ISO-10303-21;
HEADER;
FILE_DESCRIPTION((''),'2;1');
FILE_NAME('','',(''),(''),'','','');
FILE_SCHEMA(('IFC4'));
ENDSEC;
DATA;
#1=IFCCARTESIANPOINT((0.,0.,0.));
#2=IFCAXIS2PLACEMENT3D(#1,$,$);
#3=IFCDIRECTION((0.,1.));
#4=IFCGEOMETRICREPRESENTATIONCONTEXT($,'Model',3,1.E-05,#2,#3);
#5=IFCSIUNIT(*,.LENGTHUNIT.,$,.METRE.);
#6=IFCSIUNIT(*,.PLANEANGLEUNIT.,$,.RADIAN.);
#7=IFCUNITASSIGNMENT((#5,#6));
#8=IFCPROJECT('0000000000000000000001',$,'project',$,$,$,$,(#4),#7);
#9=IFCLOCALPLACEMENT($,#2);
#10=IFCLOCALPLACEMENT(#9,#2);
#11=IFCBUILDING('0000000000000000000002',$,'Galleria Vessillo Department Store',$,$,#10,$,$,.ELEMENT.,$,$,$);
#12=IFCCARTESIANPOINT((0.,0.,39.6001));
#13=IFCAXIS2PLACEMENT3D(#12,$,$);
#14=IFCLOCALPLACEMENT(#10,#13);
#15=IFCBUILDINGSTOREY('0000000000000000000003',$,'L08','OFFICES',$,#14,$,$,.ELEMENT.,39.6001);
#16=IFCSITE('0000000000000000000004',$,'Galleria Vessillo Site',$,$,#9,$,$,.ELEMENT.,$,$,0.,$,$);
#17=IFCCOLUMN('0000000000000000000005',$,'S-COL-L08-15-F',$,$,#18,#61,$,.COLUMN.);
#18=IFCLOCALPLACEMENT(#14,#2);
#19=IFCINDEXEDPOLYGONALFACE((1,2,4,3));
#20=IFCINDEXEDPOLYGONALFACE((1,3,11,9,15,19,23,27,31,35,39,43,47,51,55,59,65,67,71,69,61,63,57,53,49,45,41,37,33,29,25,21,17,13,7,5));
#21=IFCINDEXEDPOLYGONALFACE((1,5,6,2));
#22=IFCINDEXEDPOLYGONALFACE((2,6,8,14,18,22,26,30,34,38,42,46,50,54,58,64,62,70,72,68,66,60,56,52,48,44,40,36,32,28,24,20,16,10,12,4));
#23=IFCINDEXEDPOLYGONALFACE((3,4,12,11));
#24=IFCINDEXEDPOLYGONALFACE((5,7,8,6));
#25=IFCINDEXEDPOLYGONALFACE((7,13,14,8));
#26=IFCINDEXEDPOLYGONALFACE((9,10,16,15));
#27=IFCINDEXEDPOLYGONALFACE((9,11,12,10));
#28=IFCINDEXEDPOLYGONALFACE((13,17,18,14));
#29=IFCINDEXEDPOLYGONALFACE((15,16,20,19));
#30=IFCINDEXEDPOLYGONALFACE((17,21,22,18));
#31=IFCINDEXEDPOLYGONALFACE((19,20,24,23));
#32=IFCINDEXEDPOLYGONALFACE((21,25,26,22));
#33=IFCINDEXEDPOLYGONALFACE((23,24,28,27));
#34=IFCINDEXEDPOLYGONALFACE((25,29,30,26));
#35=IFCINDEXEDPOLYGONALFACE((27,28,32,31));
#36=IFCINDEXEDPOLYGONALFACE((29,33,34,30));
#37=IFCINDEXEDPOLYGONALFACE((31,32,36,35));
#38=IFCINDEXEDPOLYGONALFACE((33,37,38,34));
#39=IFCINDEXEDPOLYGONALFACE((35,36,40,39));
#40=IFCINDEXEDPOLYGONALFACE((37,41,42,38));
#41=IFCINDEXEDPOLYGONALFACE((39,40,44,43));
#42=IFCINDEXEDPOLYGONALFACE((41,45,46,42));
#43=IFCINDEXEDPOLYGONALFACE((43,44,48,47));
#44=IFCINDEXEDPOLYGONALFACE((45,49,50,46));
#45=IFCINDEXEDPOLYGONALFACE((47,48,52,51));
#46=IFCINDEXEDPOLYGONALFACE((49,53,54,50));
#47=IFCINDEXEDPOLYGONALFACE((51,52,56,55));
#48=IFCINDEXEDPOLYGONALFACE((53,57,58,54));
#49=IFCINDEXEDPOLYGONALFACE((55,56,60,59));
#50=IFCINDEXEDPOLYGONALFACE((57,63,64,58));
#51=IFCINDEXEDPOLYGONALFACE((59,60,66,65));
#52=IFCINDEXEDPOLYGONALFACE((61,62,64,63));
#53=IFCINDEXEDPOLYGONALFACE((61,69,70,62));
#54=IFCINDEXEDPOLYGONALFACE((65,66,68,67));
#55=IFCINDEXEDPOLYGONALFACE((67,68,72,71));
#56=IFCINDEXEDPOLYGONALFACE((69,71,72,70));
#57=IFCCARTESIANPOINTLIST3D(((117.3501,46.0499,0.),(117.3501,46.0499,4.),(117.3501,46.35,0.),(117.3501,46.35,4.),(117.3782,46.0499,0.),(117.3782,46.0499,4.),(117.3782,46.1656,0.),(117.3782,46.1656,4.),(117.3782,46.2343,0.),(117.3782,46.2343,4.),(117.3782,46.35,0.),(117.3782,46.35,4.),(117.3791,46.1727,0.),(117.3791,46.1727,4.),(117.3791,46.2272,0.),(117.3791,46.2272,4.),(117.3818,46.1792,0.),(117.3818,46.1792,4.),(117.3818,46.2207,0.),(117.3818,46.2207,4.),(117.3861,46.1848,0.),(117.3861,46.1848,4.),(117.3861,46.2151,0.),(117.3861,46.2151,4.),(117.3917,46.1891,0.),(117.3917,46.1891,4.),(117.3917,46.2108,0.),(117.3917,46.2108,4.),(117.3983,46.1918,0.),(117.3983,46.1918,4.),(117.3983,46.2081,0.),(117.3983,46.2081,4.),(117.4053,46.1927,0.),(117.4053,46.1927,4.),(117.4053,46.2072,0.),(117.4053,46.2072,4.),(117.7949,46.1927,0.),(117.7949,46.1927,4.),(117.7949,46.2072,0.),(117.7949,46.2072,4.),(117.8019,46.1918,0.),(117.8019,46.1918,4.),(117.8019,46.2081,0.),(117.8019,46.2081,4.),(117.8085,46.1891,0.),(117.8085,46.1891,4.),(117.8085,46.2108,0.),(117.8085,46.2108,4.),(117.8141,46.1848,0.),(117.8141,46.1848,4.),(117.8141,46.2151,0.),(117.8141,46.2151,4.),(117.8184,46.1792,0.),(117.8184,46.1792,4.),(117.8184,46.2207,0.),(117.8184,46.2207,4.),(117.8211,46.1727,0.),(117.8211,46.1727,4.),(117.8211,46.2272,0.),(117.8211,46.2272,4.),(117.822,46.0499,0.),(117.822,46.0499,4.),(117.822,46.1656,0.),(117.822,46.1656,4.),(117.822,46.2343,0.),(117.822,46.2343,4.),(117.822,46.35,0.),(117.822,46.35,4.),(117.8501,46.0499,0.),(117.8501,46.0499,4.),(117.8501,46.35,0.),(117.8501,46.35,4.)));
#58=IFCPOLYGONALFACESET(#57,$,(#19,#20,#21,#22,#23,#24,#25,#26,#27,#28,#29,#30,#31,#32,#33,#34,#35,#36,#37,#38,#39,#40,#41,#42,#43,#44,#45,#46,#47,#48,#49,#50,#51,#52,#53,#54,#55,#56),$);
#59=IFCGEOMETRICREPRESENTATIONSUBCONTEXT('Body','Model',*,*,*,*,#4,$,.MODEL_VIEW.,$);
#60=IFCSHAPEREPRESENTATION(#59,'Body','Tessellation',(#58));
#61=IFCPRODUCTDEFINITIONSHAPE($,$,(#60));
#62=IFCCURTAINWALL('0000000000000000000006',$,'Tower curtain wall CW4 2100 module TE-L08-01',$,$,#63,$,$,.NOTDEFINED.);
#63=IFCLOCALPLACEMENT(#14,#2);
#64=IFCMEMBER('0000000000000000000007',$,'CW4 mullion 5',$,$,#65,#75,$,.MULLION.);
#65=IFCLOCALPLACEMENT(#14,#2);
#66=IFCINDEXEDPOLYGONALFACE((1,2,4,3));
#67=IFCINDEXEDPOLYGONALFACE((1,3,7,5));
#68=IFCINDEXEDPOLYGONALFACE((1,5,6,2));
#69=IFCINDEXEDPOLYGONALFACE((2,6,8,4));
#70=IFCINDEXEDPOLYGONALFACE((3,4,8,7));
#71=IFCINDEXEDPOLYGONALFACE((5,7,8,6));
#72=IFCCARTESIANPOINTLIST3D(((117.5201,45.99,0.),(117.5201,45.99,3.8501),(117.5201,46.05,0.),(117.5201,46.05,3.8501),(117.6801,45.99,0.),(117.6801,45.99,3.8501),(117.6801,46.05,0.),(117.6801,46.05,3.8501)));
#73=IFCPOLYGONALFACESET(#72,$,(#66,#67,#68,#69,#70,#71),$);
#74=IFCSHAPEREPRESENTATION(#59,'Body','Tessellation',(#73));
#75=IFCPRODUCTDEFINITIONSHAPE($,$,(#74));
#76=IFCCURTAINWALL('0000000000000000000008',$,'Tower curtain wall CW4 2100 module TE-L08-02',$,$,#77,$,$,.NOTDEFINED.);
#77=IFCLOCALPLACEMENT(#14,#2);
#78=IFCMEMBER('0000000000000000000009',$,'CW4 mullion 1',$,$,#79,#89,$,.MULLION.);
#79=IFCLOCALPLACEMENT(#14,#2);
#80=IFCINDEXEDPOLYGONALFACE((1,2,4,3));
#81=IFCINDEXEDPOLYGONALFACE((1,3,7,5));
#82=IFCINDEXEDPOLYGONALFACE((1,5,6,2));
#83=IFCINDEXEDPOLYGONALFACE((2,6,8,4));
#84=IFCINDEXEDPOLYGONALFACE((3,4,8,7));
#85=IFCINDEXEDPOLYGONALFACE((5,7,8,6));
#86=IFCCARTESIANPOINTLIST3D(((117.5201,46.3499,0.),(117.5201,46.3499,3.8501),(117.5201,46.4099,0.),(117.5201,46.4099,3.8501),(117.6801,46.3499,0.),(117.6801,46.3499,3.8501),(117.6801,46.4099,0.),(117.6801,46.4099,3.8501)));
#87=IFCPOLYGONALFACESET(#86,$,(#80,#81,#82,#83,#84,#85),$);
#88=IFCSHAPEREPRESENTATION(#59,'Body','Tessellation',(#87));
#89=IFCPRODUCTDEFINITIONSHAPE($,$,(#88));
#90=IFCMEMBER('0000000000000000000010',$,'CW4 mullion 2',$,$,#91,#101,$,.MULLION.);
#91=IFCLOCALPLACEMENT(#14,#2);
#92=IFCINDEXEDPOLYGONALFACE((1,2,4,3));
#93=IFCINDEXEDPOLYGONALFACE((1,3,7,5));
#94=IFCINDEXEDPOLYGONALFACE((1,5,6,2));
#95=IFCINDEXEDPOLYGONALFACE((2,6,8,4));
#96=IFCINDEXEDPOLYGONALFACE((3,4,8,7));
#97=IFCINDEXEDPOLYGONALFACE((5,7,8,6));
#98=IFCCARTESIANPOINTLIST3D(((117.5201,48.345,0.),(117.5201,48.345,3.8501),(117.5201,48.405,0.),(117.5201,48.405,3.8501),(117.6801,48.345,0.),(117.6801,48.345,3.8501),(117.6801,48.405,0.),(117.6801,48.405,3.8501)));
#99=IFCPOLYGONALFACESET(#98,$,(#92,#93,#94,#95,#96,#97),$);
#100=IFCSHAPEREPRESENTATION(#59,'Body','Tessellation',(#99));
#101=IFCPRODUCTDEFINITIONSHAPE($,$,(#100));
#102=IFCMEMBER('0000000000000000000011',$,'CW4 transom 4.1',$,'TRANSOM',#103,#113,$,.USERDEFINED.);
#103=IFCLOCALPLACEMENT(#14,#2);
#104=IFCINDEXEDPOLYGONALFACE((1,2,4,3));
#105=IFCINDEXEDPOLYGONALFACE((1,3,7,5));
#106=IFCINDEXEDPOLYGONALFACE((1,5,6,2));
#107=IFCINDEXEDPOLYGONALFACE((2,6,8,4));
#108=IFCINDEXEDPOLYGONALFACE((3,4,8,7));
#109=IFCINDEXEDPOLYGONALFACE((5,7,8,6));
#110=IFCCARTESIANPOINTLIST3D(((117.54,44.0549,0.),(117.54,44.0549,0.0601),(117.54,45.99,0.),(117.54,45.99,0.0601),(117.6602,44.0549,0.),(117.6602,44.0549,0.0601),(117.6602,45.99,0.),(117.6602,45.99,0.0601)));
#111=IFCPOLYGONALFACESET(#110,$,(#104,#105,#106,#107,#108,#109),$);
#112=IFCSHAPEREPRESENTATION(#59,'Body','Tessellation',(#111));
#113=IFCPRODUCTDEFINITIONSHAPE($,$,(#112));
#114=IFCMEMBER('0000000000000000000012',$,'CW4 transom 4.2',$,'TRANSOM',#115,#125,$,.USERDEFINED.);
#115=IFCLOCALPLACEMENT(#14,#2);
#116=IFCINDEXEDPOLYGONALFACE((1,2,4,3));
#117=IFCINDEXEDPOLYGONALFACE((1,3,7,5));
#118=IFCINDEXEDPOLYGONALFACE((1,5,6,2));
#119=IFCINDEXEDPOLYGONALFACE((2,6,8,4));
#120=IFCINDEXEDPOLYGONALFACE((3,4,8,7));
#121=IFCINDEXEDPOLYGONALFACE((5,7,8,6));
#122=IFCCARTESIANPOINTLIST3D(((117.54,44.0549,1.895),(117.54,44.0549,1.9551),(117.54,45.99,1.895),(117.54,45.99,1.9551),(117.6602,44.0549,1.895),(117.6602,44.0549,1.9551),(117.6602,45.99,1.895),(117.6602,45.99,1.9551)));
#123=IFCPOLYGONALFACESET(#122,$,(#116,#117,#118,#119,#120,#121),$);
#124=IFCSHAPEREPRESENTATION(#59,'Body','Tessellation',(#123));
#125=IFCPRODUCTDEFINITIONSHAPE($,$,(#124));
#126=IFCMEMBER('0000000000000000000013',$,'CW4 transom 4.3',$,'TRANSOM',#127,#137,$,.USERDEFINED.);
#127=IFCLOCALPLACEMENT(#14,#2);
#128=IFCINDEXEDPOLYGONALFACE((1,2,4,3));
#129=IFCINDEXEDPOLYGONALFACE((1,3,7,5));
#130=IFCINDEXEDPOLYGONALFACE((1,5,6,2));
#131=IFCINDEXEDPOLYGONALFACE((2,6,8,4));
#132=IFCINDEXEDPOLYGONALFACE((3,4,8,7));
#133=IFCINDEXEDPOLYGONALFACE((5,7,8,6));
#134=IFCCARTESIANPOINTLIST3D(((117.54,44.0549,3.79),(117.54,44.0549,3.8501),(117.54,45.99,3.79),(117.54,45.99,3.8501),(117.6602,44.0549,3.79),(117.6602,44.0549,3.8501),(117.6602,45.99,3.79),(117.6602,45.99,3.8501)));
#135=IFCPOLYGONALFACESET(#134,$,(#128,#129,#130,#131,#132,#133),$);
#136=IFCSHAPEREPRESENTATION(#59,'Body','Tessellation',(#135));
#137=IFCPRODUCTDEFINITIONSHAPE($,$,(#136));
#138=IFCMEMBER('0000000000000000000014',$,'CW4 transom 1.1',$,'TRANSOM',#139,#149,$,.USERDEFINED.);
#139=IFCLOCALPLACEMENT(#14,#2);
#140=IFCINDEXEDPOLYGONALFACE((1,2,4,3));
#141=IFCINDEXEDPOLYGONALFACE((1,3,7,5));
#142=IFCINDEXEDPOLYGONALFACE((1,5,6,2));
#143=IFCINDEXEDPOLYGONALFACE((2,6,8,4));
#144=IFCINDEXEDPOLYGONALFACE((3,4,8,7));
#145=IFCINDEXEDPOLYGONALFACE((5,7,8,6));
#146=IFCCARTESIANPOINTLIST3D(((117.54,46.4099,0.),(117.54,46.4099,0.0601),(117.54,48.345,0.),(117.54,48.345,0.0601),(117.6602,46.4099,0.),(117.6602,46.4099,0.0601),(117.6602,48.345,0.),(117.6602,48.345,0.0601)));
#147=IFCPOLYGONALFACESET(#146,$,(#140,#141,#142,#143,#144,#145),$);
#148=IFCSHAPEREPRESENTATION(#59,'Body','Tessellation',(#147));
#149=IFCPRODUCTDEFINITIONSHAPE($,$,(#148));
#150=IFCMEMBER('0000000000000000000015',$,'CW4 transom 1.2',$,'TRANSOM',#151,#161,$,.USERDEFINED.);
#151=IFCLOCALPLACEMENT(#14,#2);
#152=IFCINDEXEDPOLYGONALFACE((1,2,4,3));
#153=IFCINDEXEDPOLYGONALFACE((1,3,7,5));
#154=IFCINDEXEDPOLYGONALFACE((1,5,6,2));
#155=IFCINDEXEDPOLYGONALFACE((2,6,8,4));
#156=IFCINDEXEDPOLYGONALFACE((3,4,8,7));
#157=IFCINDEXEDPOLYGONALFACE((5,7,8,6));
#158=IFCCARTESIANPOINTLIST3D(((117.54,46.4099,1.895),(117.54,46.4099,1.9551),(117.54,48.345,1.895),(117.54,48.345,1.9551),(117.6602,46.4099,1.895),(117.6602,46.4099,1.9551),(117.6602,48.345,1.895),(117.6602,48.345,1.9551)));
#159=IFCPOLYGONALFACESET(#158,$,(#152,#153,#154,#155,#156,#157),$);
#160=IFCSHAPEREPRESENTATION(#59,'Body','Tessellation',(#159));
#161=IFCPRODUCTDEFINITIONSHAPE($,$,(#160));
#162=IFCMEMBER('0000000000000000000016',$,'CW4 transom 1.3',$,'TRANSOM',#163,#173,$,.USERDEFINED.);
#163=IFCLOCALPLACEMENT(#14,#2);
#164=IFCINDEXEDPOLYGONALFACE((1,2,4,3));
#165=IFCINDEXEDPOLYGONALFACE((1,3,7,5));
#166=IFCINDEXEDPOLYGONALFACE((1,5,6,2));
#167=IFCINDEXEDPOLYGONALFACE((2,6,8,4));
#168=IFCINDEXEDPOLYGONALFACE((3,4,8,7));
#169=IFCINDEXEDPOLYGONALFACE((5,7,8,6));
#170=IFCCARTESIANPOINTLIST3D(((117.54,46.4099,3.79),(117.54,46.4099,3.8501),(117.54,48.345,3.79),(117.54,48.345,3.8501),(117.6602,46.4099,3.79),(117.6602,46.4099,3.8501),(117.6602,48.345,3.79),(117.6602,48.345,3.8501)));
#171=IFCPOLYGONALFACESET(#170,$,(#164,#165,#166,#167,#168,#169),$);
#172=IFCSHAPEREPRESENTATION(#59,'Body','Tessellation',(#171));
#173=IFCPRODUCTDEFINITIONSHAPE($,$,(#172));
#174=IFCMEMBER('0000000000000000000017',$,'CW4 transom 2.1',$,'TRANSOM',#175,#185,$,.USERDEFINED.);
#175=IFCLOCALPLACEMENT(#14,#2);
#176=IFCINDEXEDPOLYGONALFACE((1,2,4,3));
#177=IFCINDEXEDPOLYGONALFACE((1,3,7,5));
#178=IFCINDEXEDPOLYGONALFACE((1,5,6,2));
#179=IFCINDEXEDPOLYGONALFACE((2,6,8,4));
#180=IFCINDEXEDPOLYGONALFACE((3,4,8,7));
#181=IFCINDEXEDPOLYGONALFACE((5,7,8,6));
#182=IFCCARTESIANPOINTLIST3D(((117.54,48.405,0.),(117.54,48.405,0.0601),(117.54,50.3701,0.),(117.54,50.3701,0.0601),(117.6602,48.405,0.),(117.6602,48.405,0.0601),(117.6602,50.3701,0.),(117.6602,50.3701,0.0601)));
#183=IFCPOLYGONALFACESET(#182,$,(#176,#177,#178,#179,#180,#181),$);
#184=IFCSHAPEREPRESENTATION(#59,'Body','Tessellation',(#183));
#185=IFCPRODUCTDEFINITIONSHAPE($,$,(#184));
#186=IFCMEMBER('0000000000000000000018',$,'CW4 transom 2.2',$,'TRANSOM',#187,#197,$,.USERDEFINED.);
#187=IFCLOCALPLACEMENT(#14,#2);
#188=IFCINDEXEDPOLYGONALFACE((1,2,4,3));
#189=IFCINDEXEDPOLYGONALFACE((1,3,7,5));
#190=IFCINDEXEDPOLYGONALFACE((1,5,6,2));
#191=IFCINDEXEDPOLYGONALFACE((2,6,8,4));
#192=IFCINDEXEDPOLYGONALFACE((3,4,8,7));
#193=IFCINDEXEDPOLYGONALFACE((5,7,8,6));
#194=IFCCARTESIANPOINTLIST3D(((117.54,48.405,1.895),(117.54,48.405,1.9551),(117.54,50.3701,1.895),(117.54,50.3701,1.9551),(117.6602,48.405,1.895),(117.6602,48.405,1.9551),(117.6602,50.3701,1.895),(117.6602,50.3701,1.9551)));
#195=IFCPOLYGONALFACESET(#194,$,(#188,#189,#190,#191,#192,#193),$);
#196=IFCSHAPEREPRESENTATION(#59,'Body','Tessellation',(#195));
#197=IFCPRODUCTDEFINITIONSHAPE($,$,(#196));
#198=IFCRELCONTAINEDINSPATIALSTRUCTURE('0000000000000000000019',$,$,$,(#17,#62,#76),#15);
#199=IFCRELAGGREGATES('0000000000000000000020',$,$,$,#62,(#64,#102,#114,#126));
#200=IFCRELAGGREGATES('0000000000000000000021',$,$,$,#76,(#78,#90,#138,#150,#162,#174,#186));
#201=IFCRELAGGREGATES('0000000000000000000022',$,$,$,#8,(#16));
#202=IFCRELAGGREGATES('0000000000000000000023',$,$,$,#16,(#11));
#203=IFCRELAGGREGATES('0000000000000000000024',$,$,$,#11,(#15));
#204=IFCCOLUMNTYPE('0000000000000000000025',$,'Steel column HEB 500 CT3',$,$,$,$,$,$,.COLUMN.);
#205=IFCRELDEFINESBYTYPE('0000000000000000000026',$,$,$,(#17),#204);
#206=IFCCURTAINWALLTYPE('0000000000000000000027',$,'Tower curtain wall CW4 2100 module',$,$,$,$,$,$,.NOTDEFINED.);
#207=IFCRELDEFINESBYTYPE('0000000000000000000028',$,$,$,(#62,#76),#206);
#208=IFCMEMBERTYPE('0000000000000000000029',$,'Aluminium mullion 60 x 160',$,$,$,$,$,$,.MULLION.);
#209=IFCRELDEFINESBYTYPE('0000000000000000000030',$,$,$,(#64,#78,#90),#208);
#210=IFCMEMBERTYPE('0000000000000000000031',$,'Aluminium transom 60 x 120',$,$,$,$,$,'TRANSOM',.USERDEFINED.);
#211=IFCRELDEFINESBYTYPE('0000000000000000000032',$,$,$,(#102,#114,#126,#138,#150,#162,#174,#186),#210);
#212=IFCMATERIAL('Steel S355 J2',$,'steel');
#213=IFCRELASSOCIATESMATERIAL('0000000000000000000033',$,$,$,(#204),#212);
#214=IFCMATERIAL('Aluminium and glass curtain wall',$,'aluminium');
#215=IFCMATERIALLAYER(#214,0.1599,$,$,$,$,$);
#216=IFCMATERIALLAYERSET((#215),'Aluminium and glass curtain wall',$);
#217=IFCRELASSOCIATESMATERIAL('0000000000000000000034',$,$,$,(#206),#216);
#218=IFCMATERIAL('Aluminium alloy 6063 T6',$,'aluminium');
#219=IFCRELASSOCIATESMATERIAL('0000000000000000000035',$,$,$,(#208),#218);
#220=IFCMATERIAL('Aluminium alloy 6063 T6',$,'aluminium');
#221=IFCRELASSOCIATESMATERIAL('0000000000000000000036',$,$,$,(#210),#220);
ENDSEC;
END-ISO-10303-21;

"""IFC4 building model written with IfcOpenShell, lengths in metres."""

from ifc_helpers import new_model, si_unit, direction, frame, origin, origin_2d, place, context, subcontext, project, spatial, rectangle, i_section, extrude, material, layer, layer_set, material_profile, profile_set, type_object, element, aggregate, save


model = new_model("IFC4")

# Units and contexts
model_context = context("Model", 3, precision=1e-05, world=origin(), true_north=direction((0.0, 1.0)))
body_context = subcontext(model_context, "Body", "Model", "MODEL_VIEW")
ifc_project = project(units=[si_unit("LENGTHUNIT", "METRE"), si_unit("PLANEANGLEUNIT", "RADIAN")], contexts=[model_context])

# Site, building, storey
site_placement = place(None, origin())
site = spatial("IfcSite", under=ifc_project, at=site_placement, Name="Galleria Vessillo Site", CompositionType="ELEMENT", RefElevation=0.0)
building_placement = place(site_placement, origin())
building = spatial("IfcBuilding", under=site, at=building_placement, Name="Galleria Vessillo Department Store", CompositionType="ELEMENT")
storey_placement = place(building_placement, frame((0.0, 0.0, 39.6001)))
storey = spatial("IfcBuildingStorey", under=building, at=storey_placement, Name="L08", Description="OFFICES", CompositionType="ELEMENT", Elevation=39.6001)

# Column
ifc_material_1 = material(Name="Steel S355 J2", Category="steel")
ifc_material_profile_1 = material_profile(ifc_material_1, i_section(OverallWidth=0.3, OverallDepth=0.5, WebThickness=0.0144, FlangeThickness=0.0281, FilletRadius=0.0271, at=origin_2d()), Name="HEB 500")
ifc_profile_set_1 = profile_set([ifc_material_profile_1], Name="Steel S355 J2")
column_type = type_object("IfcColumnType", Name="Steel column HEB 500 CT3", PredefinedType="COLUMN", material=ifc_profile_set_1)
column_placement = place(storey_placement, frame((117.6001, 46.2, 0.0), z_axis=(0.0, 0.0, 1.0), x_axis=(0.0, 1.0, 0.0)))
element("IfcColumn", 1, at=column_placement, inside=storey, type_object=column_type, Name="S-COL-L08-15-F", PredefinedType="COLUMN", context=body_context, shape_type="SweptSolid", body=[
    extrude(i_section(OverallWidth=0.3, OverallDepth=0.5, WebThickness=0.0144, FlangeThickness=0.0281, FilletRadius=0.0271, at=origin_2d()), origin(), (0.0, 0.0, 1.0), 4.0),
])

# Curtain wall, member
ifc_material_2 = material(Name="Aluminium and glass curtain wall", Category="aluminium")
ifc_layer_1 = layer(ifc_material_2, 0.1599)
ifc_layer_set_1 = layer_set([ifc_layer_1], Name="Aluminium and glass curtain wall")
curtain_wall_type = type_object("IfcCurtainWallType", Name="Tower curtain wall CW4 2100 module", PredefinedType="NOTDEFINED", material=ifc_layer_set_1)
curtain_wall_1_placement = place(storey_placement, origin())
curtain_wall_1 = element("IfcCurtainWall", 2, at=curtain_wall_1_placement, inside=storey, type_object=curtain_wall_type, Name="Tower curtain wall CW4 2100 module TE-L08-01", PredefinedType="NOTDEFINED")
ifc_material_3 = material(Name="Aluminium alloy 6063 T6", Category="aluminium")
ifc_material_profile_2 = material_profile(ifc_material_3, rectangle(XDim=0.1599, YDim=0.0601, at=origin_2d()), Name="AL 60x160")
ifc_profile_set_2 = profile_set([ifc_material_profile_2], Name="Aluminium alloy 6063 T6")
member_type_1 = type_object("IfcMemberType", Name="Aluminium mullion 60 x 160", PredefinedType="MULLION", material=ifc_profile_set_2)
member_1_placement = place(storey_placement, frame((117.6001, 46.02, 0.0), z_axis=(0.0, 0.0, 1.0), x_axis=(-1.0, 0.0, 0.0)))
member_1 = element("IfcMember", 3, at=member_1_placement, type_object=member_type_1, Name="CW4 mullion 5", PredefinedType="MULLION", context=body_context, shape_type="SweptSolid", body=[
    extrude(rectangle(XDim=0.1599, YDim=0.0601, at=origin_2d()), origin(), (0.0, 0.0, 1.0), 3.8501),
])

# Curtain wall, members
curtain_wall_2_placement = place(storey_placement, origin())
curtain_wall_2 = element("IfcCurtainWall", 4, at=curtain_wall_2_placement, inside=storey, type_object=curtain_wall_type, Name="Tower curtain wall CW4 2100 module TE-L08-02", PredefinedType="NOTDEFINED")
member_2_placement = place(storey_placement, frame((117.6001, 46.3799, 0.0), z_axis=(0.0, 0.0, 1.0), x_axis=(-1.0, 0.0, 0.0)))
member_2 = element("IfcMember", 5, at=member_2_placement, type_object=member_type_1, Name="CW4 mullion 1", PredefinedType="MULLION", context=body_context, shape_type="SweptSolid", body=[
    extrude(rectangle(XDim=0.1599, YDim=0.0601, at=origin_2d()), origin(), (0.0, 0.0, 1.0), 3.8501),
])
member_3_placement = place(storey_placement, frame((117.6001, 48.375, 0.0), z_axis=(0.0, 0.0, 1.0), x_axis=(-1.0, 0.0, 0.0)))
member_3 = element("IfcMember", 6, at=member_3_placement, type_object=member_type_1, Name="CW4 mullion 2", PredefinedType="MULLION", context=body_context, shape_type="SweptSolid", body=[
    extrude(rectangle(XDim=0.1599, YDim=0.0601, at=origin_2d()), origin(), (0.0, 0.0, 1.0), 3.8501),
])

# Members
ifc_material_4 = material(Name="Aluminium alloy 6063 T6", Category="aluminium")
ifc_material_profile_3 = material_profile(ifc_material_4, rectangle(XDim=0.1201, YDim=0.0601, at=origin_2d()), Name="AL 60x120")
ifc_profile_set_3 = profile_set([ifc_material_profile_3], Name="Aluminium alloy 6063 T6")
member_type_2 = type_object("IfcMemberType", Name="Aluminium transom 60 x 120", ElementType="TRANSOM", PredefinedType="USERDEFINED", material=ifc_profile_set_3)
member_4_placement = place(storey_placement, frame((117.6001, 44.0549, 0.03), z_axis=(0.0, 1.0, 0.0), x_axis=(-1.0, 0.0, 0.0)))
member_4 = element("IfcMember", 7, at=member_4_placement, type_object=member_type_2, Name="CW4 transom 4.1", ObjectType="TRANSOM", PredefinedType="USERDEFINED", context=body_context, shape_type="SweptSolid", body=[
    extrude(rectangle(XDim=0.1201, YDim=0.0601, at=origin_2d()), origin(), (0.0, 0.0, 1.0), 1.9351),
])
member_5_placement = place(storey_placement, frame((117.6001, 44.0549, 1.925), z_axis=(0.0, 1.0, 0.0), x_axis=(-1.0, 0.0, 0.0)))
member_5 = element("IfcMember", 8, at=member_5_placement, type_object=member_type_2, Name="CW4 transom 4.2", ObjectType="TRANSOM", PredefinedType="USERDEFINED", context=body_context, shape_type="SweptSolid", body=[
    extrude(rectangle(XDim=0.1201, YDim=0.0601, at=origin_2d()), origin(), (0.0, 0.0, 1.0), 1.9351),
])
member_6_placement = place(storey_placement, frame((117.6001, 44.0549, 3.8201), z_axis=(0.0, 1.0, 0.0), x_axis=(-1.0, 0.0, 0.0)))
member_6 = element("IfcMember", 9, at=member_6_placement, type_object=member_type_2, Name="CW4 transom 4.3", ObjectType="TRANSOM", PredefinedType="USERDEFINED", context=body_context, shape_type="SweptSolid", body=[
    extrude(rectangle(XDim=0.1201, YDim=0.0601, at=origin_2d()), origin(), (0.0, 0.0, 1.0), 1.9351),
])
member_7_placement = place(storey_placement, frame((117.6001, 46.4099, 0.03), z_axis=(0.0, 1.0, 0.0), x_axis=(-1.0, 0.0, 0.0)))
member_7 = element("IfcMember", 10, at=member_7_placement, type_object=member_type_2, Name="CW4 transom 1.1", ObjectType="TRANSOM", PredefinedType="USERDEFINED", context=body_context, shape_type="SweptSolid", body=[
    extrude(rectangle(XDim=0.1201, YDim=0.0601, at=origin_2d()), origin(), (0.0, 0.0, 1.0), 1.9351),
])
member_8_placement = place(storey_placement, frame((117.6001, 46.4099, 1.925), z_axis=(0.0, 1.0, 0.0), x_axis=(-1.0, 0.0, 0.0)))
member_8 = element("IfcMember", 11, at=member_8_placement, type_object=member_type_2, Name="CW4 transom 1.2", ObjectType="TRANSOM", PredefinedType="USERDEFINED", context=body_context, shape_type="SweptSolid", body=[
    extrude(rectangle(XDim=0.1201, YDim=0.0601, at=origin_2d()), origin(), (0.0, 0.0, 1.0), 1.9351),
])
member_9_placement = place(storey_placement, frame((117.6001, 46.4099, 3.8201), z_axis=(0.0, 1.0, 0.0), x_axis=(-1.0, 0.0, 0.0)))
member_9 = element("IfcMember", 12, at=member_9_placement, type_object=member_type_2, Name="CW4 transom 1.3", ObjectType="TRANSOM", PredefinedType="USERDEFINED", context=body_context, shape_type="SweptSolid", body=[
    extrude(rectangle(XDim=0.1201, YDim=0.0601, at=origin_2d()), origin(), (0.0, 0.0, 1.0), 1.9351),
])
member_10_placement = place(storey_placement, frame((117.6001, 48.405, 0.03), z_axis=(0.0, 1.0, 0.0), x_axis=(-1.0, 0.0, 0.0)))
member_10 = element("IfcMember", 13, at=member_10_placement, type_object=member_type_2, Name="CW4 transom 2.1", ObjectType="TRANSOM", PredefinedType="USERDEFINED", context=body_context, shape_type="SweptSolid", body=[
    extrude(rectangle(XDim=0.1201, YDim=0.0601, at=origin_2d()), origin(), (0.0, 0.0, 1.0), 1.9651),
])
member_11_placement = place(storey_placement, frame((117.6001, 48.405, 1.925), z_axis=(0.0, 1.0, 0.0), x_axis=(-1.0, 0.0, 0.0)))
member_11 = element("IfcMember", 14, at=member_11_placement, type_object=member_type_2, Name="CW4 transom 2.2", ObjectType="TRANSOM", PredefinedType="USERDEFINED", context=body_context, shape_type="SweptSolid", body=[
    extrude(rectangle(XDim=0.1201, YDim=0.0601, at=origin_2d()), origin(), (0.0, 0.0, 1.0), 1.9651),
])

aggregate(curtain_wall_1, [member_1, member_4, member_5, member_6])
aggregate(curtain_wall_2, [member_2, member_3, member_7, member_8, member_9, member_10, member_11])

save(model, "model.ifc")
